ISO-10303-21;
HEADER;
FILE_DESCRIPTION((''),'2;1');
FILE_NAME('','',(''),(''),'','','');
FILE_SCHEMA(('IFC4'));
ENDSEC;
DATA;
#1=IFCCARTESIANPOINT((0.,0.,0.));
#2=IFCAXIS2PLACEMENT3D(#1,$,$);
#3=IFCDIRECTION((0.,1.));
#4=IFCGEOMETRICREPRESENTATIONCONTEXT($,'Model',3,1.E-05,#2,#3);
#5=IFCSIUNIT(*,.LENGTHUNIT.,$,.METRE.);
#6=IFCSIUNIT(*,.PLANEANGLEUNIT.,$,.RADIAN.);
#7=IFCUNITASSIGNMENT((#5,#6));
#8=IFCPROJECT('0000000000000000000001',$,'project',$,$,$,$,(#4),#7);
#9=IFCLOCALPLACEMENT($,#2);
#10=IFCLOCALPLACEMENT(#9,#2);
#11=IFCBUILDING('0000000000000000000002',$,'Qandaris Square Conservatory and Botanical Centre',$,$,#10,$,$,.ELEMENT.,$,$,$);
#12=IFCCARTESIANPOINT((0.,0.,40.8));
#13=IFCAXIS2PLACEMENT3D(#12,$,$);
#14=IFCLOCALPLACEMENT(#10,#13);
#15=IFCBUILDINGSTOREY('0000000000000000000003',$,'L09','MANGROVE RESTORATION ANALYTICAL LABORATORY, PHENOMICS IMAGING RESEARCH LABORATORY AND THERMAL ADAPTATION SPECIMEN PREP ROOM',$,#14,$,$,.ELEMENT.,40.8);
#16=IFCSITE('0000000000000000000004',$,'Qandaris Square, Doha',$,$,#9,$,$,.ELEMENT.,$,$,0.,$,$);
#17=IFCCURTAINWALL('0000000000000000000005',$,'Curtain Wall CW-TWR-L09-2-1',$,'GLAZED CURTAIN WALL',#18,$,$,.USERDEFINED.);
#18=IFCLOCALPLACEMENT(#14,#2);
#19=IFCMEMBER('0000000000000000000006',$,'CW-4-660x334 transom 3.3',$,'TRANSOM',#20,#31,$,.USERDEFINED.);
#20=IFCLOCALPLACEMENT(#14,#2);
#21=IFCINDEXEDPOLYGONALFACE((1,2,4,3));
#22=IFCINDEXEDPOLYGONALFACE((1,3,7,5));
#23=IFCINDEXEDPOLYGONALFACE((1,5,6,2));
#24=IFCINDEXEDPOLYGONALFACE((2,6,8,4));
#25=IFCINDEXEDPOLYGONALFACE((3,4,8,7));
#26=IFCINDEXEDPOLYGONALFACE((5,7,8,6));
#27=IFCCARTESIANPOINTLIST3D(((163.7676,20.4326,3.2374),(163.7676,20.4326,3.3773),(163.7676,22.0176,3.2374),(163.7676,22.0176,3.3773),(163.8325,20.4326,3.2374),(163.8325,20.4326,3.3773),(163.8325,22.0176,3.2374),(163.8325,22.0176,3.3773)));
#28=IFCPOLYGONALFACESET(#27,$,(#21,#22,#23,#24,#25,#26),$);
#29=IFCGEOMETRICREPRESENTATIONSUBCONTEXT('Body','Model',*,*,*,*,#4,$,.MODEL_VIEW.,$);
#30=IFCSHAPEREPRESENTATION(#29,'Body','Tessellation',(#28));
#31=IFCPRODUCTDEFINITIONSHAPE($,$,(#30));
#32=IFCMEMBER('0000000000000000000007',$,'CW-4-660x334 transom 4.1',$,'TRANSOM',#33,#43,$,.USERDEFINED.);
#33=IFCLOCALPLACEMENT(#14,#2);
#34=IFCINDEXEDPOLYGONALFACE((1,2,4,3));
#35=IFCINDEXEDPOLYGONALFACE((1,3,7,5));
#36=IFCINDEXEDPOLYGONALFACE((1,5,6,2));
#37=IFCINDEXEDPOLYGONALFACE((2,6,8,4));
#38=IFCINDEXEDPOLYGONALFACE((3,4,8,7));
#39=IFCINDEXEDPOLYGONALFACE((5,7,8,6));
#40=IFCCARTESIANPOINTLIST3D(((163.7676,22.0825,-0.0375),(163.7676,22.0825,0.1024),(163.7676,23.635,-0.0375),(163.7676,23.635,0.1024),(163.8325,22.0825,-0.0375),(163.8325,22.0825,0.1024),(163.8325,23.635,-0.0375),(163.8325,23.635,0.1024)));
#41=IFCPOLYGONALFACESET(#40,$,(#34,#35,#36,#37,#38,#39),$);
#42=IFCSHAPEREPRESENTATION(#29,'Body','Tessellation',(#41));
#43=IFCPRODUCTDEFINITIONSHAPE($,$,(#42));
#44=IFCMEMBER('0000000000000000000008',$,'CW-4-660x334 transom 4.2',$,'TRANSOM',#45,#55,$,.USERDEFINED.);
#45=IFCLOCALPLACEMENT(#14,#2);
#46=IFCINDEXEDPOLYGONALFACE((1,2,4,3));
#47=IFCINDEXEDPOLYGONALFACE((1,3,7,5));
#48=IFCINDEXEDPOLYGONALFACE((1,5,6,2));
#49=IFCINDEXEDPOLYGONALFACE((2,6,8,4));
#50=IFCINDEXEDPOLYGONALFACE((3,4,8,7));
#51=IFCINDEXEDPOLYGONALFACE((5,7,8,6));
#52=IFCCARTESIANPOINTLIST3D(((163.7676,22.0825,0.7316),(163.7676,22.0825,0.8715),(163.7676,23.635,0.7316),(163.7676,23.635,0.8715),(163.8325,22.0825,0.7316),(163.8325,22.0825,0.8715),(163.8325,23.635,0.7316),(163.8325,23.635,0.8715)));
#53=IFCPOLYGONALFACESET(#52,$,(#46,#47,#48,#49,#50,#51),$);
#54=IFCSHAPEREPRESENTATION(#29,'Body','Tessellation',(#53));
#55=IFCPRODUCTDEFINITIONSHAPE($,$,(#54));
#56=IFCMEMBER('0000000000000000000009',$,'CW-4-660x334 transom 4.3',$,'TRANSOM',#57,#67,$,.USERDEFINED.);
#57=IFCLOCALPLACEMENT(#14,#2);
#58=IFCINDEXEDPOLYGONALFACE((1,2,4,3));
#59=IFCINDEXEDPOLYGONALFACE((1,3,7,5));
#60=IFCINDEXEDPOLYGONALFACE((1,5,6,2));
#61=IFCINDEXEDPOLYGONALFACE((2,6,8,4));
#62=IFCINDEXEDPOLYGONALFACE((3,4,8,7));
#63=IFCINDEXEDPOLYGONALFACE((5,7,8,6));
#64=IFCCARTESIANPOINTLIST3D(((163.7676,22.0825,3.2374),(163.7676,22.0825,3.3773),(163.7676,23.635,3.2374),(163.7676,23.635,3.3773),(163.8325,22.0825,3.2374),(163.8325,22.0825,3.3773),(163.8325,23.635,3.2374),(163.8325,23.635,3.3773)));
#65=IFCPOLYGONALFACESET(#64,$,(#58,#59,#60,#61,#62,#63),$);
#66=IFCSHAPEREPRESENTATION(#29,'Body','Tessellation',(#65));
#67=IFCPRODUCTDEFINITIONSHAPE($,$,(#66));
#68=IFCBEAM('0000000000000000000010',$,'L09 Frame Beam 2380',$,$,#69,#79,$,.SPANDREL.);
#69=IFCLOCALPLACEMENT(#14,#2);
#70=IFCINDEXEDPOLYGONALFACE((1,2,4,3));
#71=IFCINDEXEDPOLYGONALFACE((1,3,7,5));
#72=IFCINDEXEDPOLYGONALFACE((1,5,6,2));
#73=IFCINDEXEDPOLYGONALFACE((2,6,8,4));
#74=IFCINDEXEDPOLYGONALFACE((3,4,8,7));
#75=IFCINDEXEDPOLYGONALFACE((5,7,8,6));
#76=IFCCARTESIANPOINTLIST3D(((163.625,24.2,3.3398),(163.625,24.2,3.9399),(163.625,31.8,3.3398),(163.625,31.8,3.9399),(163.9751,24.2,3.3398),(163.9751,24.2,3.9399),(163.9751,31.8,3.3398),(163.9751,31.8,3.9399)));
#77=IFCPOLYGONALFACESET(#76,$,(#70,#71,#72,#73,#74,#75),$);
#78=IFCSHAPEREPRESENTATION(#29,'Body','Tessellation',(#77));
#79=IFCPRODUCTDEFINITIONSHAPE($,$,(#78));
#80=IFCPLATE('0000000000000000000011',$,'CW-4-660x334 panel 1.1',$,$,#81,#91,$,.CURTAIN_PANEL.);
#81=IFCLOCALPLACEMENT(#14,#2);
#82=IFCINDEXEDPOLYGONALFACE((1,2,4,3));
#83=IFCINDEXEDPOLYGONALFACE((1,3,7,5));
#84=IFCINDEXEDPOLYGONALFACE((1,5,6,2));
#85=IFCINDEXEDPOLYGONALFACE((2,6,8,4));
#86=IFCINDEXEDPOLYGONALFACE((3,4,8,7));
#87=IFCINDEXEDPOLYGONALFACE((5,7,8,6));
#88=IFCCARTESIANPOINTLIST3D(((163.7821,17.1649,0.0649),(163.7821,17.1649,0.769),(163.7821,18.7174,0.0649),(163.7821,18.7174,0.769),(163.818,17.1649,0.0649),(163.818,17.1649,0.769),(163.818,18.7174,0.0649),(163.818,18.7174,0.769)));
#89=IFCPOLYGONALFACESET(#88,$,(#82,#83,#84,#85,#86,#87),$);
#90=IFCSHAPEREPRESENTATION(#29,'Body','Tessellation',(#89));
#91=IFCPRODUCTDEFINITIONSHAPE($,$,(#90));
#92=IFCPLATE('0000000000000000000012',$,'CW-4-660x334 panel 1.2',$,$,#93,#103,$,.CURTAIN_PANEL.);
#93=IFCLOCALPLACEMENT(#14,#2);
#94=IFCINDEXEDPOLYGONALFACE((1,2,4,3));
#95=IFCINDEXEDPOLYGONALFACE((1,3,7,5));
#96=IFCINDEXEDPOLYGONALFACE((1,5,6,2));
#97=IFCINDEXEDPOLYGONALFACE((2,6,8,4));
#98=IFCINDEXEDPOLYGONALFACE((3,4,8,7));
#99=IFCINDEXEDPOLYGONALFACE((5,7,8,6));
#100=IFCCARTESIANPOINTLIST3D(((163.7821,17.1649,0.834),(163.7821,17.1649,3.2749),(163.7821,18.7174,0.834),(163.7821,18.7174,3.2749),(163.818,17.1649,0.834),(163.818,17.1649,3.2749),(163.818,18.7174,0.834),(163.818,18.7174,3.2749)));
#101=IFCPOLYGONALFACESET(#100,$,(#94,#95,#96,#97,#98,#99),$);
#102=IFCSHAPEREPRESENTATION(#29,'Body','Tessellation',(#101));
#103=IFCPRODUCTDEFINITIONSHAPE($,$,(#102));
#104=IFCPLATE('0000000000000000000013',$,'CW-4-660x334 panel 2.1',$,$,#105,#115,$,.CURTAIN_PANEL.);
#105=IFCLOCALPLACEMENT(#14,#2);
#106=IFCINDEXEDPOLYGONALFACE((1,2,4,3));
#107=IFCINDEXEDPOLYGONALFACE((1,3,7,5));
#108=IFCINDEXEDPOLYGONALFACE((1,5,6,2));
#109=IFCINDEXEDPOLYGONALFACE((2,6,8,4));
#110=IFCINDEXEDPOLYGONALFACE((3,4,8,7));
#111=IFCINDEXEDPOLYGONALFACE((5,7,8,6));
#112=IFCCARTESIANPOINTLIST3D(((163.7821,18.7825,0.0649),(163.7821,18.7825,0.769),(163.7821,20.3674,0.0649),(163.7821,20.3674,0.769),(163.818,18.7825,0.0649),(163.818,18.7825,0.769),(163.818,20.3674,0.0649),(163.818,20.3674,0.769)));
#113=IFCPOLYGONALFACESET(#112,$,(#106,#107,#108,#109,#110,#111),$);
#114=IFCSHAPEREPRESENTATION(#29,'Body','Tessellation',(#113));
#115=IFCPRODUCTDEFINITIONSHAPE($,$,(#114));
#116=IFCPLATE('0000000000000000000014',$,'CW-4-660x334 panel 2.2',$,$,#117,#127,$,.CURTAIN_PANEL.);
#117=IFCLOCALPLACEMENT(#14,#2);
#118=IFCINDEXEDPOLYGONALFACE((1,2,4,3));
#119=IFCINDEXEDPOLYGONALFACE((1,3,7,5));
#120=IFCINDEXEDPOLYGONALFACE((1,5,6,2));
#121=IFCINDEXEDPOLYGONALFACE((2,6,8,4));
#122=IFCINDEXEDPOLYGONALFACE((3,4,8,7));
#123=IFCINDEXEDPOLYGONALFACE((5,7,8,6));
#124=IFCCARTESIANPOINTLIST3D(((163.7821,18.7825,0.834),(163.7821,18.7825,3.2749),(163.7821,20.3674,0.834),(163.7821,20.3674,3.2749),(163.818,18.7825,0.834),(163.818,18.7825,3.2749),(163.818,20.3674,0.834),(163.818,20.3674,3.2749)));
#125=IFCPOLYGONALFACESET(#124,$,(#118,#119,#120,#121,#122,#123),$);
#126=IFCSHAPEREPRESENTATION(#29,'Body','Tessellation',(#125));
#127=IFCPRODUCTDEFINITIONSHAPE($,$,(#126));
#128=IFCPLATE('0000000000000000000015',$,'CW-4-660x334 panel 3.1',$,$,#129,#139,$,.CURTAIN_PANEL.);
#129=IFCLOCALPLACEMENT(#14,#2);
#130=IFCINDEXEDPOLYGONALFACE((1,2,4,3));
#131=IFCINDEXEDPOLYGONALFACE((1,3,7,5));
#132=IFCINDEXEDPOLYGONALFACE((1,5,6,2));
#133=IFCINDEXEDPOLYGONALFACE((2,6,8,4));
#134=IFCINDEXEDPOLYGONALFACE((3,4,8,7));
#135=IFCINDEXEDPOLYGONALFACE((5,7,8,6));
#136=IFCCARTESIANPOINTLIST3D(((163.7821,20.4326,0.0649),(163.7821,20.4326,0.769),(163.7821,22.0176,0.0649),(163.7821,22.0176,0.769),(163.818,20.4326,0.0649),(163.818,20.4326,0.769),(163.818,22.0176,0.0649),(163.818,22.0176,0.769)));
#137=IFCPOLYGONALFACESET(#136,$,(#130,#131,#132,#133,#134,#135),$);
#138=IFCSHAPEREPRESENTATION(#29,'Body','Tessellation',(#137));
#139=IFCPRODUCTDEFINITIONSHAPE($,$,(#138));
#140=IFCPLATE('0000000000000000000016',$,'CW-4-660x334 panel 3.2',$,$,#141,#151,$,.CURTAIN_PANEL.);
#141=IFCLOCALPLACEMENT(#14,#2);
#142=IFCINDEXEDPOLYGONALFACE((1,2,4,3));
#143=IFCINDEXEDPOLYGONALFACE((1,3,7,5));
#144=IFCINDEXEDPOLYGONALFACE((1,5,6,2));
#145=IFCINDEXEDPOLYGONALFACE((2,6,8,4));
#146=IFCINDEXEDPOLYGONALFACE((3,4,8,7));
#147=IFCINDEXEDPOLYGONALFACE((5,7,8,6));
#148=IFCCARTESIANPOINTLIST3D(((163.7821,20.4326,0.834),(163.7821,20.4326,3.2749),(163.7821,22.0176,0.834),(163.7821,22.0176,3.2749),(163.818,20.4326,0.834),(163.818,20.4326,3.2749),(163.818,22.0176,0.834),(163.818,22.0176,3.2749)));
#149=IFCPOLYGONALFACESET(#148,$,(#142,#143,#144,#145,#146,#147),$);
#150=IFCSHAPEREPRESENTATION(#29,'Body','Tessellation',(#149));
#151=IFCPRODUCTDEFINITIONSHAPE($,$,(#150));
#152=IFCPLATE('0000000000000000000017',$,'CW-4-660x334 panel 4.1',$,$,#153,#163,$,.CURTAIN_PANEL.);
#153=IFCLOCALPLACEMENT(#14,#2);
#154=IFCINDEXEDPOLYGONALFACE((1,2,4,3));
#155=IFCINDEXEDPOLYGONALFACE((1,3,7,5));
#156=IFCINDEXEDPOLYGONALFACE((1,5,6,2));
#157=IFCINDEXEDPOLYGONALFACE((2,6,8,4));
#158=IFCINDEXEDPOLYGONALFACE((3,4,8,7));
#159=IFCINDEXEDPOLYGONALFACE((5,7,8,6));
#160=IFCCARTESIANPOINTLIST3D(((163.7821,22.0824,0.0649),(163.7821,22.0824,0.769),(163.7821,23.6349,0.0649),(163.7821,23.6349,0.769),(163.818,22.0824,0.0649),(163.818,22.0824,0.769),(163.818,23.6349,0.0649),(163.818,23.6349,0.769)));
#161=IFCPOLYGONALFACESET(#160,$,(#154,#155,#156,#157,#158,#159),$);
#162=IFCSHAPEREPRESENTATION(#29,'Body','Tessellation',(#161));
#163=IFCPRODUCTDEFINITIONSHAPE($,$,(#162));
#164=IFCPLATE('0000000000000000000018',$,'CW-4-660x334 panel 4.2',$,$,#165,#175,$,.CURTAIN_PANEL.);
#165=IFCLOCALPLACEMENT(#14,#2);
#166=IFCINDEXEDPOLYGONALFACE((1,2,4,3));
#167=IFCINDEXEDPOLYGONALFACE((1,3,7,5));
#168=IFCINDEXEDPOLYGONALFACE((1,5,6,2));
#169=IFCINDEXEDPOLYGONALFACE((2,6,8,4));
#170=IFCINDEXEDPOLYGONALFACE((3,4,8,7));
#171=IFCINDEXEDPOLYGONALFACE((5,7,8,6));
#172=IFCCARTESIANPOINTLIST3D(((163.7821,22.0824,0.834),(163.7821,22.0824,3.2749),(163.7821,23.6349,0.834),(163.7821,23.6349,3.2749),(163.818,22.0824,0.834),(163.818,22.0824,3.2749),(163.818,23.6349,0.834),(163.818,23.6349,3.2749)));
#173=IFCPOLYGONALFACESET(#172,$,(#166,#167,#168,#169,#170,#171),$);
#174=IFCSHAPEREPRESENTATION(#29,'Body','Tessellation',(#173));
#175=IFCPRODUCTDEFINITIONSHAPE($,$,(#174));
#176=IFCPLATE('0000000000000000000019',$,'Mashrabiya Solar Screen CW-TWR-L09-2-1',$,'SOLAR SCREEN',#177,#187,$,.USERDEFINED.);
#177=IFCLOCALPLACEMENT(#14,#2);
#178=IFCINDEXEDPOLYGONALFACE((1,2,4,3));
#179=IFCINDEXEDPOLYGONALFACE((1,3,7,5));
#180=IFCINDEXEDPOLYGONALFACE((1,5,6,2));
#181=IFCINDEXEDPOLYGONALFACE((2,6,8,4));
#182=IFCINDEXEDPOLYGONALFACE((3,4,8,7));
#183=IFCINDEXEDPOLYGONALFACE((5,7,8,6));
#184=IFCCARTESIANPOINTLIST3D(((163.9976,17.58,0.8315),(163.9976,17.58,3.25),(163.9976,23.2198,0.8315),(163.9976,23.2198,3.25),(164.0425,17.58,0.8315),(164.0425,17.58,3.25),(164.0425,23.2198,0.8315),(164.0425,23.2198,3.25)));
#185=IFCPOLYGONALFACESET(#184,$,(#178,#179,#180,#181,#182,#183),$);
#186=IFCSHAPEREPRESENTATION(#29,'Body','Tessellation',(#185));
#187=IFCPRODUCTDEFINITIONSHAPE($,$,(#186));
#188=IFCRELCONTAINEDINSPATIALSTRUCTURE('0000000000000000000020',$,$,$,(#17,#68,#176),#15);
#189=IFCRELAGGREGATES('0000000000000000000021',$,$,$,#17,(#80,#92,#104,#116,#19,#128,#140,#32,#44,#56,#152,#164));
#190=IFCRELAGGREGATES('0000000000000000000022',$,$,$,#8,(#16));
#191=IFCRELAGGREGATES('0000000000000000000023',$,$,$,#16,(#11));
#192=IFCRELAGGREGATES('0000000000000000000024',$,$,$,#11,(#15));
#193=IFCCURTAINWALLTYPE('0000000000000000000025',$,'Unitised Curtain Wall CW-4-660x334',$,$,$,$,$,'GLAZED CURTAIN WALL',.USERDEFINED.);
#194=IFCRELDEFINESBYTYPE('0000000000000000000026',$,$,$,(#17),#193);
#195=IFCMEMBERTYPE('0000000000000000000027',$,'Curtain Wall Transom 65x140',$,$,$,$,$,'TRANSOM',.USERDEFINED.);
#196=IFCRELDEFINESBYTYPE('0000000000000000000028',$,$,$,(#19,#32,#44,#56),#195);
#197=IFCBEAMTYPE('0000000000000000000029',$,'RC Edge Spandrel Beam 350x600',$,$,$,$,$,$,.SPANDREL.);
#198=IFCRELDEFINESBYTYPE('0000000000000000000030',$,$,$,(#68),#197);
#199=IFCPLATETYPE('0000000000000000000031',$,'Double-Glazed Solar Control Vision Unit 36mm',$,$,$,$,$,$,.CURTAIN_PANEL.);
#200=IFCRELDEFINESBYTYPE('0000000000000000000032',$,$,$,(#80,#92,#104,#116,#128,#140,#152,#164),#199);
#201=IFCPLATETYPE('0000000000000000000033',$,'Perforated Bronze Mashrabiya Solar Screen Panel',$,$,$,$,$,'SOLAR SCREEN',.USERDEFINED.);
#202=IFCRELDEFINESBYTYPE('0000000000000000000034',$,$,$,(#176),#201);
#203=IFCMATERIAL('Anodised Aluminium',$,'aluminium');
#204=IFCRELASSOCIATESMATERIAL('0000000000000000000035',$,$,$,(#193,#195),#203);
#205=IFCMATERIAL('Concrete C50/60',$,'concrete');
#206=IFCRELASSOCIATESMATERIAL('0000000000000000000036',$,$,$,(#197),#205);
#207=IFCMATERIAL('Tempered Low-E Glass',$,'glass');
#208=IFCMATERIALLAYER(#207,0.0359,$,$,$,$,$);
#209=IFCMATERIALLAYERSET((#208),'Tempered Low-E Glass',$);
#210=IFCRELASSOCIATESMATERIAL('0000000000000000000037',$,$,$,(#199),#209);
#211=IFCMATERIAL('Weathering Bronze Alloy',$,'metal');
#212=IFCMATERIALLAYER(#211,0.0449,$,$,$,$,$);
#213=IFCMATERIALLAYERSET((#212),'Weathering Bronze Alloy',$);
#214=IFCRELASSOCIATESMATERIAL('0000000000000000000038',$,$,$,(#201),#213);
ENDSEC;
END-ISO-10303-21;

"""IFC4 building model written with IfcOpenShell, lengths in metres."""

from ifc_helpers import new_model, si_unit, direction, frame, origin, origin_2d, place, context, subcontext, project, spatial, rectangle, extrude, material, layer, layer_set, material_profile, profile_set, type_object, element, aggregate, save


model = new_model("IFC4")

# Units and contexts
model_context = context("Model", 3, precision=1e-05, world=origin(), true_north=direction((0.0, 1.0)))
body_context = subcontext(model_context, "Body", "Model", "MODEL_VIEW")
ifc_project = project(units=[si_unit("LENGTHUNIT", "METRE"), si_unit("PLANEANGLEUNIT", "RADIAN")], contexts=[model_context])

# Site, building, storey
site_placement = place(None, origin())
site = spatial("IfcSite", under=ifc_project, at=site_placement, Name="Qandaris Square, Doha", CompositionType="ELEMENT", RefElevation=0.0)
building_placement = place(site_placement, origin())
building = spatial("IfcBuilding", under=site, at=building_placement, Name="Qandaris Square Conservatory and Botanical Centre", CompositionType="ELEMENT")
storey_placement = place(building_placement, frame((0.0, 0.0, 40.8)))
storey = spatial("IfcBuildingStorey", under=building, at=storey_placement, Name="L09", Description="MANGROVE RESTORATION ANALYTICAL LABORATORY, PHENOMICS IMAGING RESEARCH LABORATORY AND THERMAL ADAPTATION SPECIMEN PREP ROOM", CompositionType="ELEMENT", Elevation=40.8)

# Shared definitions
ifc_material_1 = material(Name="Concrete C50/60", Category="concrete")

# Curtain wall, members
ifc_material_2 = material(Name="Anodised Aluminium", Category="aluminium")
curtain_wall_type = type_object("IfcCurtainWallType", Name="Unitised Curtain Wall CW-4-660x334", ElementType="GLAZED CURTAIN WALL", PredefinedType="USERDEFINED", material=ifc_material_2)
curtain_wall_placement = place(storey_placement, origin())
curtain_wall = element("IfcCurtainWall", 1, at=curtain_wall_placement, inside=storey, type_object=curtain_wall_type, Name="Curtain Wall CW-TWR-L09-2-1", ObjectType="GLAZED CURTAIN WALL", PredefinedType="USERDEFINED")
ifc_material_profile_1 = material_profile(ifc_material_2, rectangle(XDim=0.0649, YDim=0.1399, at=origin_2d()), Name="ALU-TRN 65x140")
ifc_profile_set_1 = profile_set([ifc_material_profile_1], Name="Anodised Aluminium")
member_type_1 = type_object("IfcMemberType", Name="Curtain Wall Transom 65x140", ElementType="TRANSOM", PredefinedType="USERDEFINED", material=ifc_profile_set_1)
member_1_placement = place(storey_placement, frame((163.8, 20.4326, 3.3074), z_axis=(0.0, 1.0, 0.0), x_axis=(-1.0, 0.0, 0.0)))
member_1 = element("IfcMember", 2, at=member_1_placement, type_object=member_type_1, Name="CW-4-660x334 transom 3.3", ObjectType="TRANSOM", PredefinedType="USERDEFINED", context=body_context, shape_type="SweptSolid", body=[
    extrude(rectangle(XDim=0.0649, YDim=0.1399, at=origin_2d()), origin(), (0.0, 0.0, 1.0), 1.585),
])
member_2_placement = place(storey_placement, frame((163.8, 22.0825, 0.0325), z_axis=(0.0, 1.0, 0.0), x_axis=(-1.0, 0.0, 0.0)))
member_2 = element("IfcMember", 3, at=member_2_placement, type_object=member_type_1, Name="CW-4-660x334 transom 4.1", ObjectType="TRANSOM", PredefinedType="USERDEFINED", context=body_context, shape_type="SweptSolid", body=[
    extrude(rectangle(XDim=0.0649, YDim=0.1399, at=origin_2d()), origin(), (0.0, 0.0, 1.0), 1.5525),
])
member_3_placement = place(storey_placement, frame((163.8, 22.0825, 0.8015), z_axis=(0.0, 1.0, 0.0), x_axis=(-1.0, 0.0, 0.0)))
member_3 = element("IfcMember", 4, at=member_3_placement, type_object=member_type_1, Name="CW-4-660x334 transom 4.2", ObjectType="TRANSOM", PredefinedType="USERDEFINED", context=body_context, shape_type="SweptSolid", body=[
    extrude(rectangle(XDim=0.0649, YDim=0.1399, at=origin_2d()), origin(), (0.0, 0.0, 1.0), 1.5525),
])
member_4_placement = place(storey_placement, frame((163.8, 22.0825, 3.3074), z_axis=(0.0, 1.0, 0.0), x_axis=(-1.0, 0.0, 0.0)))
member_4 = element("IfcMember", 5, at=member_4_placement, type_object=member_type_1, Name="CW-4-660x334 transom 4.3", ObjectType="TRANSOM", PredefinedType="USERDEFINED", context=body_context, shape_type="SweptSolid", body=[
    extrude(rectangle(XDim=0.0649, YDim=0.1399, at=origin_2d()), origin(), (0.0, 0.0, 1.0), 1.5525),
])

# Beam
ifc_material_profile_2 = material_profile(ifc_material_1, rectangle(XDim=0.3501, YDim=0.6001, at=origin_2d()), Name="RC-SP 350x600")
ifc_profile_set_2 = profile_set([ifc_material_profile_2], Name="Concrete C50/60")
beam_type = type_object("IfcBeamType", Name="RC Edge Spandrel Beam 350x600", PredefinedType="SPANDREL", material=ifc_profile_set_2)
beam_placement = place(storey_placement, frame((163.8, 24.2, 3.6399), z_axis=(0.0, 1.0, 0.0), x_axis=(-1.0, 0.0, 0.0)))
element("IfcBeam", 6, at=beam_placement, inside=storey, type_object=beam_type, Name="L09 Frame Beam 2380", PredefinedType="SPANDREL", context=body_context, shape_type="SweptSolid", body=[
    extrude(rectangle(XDim=0.3501, YDim=0.6001, at=origin_2d()), origin(), (0.0, 0.0, 1.0), 7.6001),
])

# Plates
ifc_material_3 = material(Name="Tempered Low-E Glass", Category="glass")
ifc_layer_1 = layer(ifc_material_3, 0.0359)
ifc_layer_set_1 = layer_set([ifc_layer_1], Name="Tempered Low-E Glass")
plate_type_1 = type_object("IfcPlateType", Name="Double-Glazed Solar Control Vision Unit 36mm", PredefinedType="CURTAIN_PANEL", material=ifc_layer_set_1)
plate_1_placement = place(storey_placement, frame((163.8, 17.9412, 0.0649), z_axis=(0.0, 0.0, 1.0), x_axis=(0.0, 1.0, 0.0)))
plate_1 = element("IfcPlate", 7, at=plate_1_placement, type_object=plate_type_1, Name="CW-4-660x334 panel 1.1", PredefinedType="CURTAIN_PANEL", context=body_context, shape_type="SweptSolid", body=[
    extrude(rectangle(XDim=1.5525, YDim=0.0359, at=origin_2d()), origin(), (0.0, 0.0, 1.0), 0.7041),
])
plate_2_placement = place(storey_placement, frame((163.8, 17.9412, 0.834), z_axis=(0.0, 0.0, 1.0), x_axis=(0.0, 1.0, 0.0)))
plate_2 = element("IfcPlate", 8, at=plate_2_placement, type_object=plate_type_1, Name="CW-4-660x334 panel 1.2", PredefinedType="CURTAIN_PANEL", context=body_context, shape_type="SweptSolid", body=[
    extrude(rectangle(XDim=1.5525, YDim=0.0359, at=origin_2d()), origin(), (0.0, 0.0, 1.0), 2.4409),
])
plate_3_placement = place(storey_placement, frame((163.8, 19.575, 0.0649), z_axis=(0.0, 0.0, 1.0), x_axis=(0.0, 1.0, 0.0)))
plate_3 = element("IfcPlate", 9, at=plate_3_placement, type_object=plate_type_1, Name="CW-4-660x334 panel 2.1", PredefinedType="CURTAIN_PANEL", context=body_context, shape_type="SweptSolid", body=[
    extrude(rectangle(XDim=1.585, YDim=0.0359, at=origin_2d()), origin(), (0.0, 0.0, 1.0), 0.7041),
])
plate_4_placement = place(storey_placement, frame((163.8, 19.575, 0.834), z_axis=(0.0, 0.0, 1.0), x_axis=(0.0, 1.0, 0.0)))
plate_4 = element("IfcPlate", 10, at=plate_4_placement, type_object=plate_type_1, Name="CW-4-660x334 panel 2.2", PredefinedType="CURTAIN_PANEL", context=body_context, shape_type="SweptSolid", body=[
    extrude(rectangle(XDim=1.585, YDim=0.0359, at=origin_2d()), origin(), (0.0, 0.0, 1.0), 2.4409),
])
plate_5_placement = place(storey_placement, frame((163.8, 21.2251, 0.0649), z_axis=(0.0, 0.0, 1.0), x_axis=(0.0, 1.0, 0.0)))
plate_5 = element("IfcPlate", 11, at=plate_5_placement, type_object=plate_type_1, Name="CW-4-660x334 panel 3.1", PredefinedType="CURTAIN_PANEL", context=body_context, shape_type="SweptSolid", body=[
    extrude(rectangle(XDim=1.585, YDim=0.0359, at=origin_2d()), origin(), (0.0, 0.0, 1.0), 0.7041),
])
plate_6_placement = place(storey_placement, frame((163.8, 21.2251, 0.834), z_axis=(0.0, 0.0, 1.0), x_axis=(0.0, 1.0, 0.0)))
plate_6 = element("IfcPlate", 12, at=plate_6_placement, type_object=plate_type_1, Name="CW-4-660x334 panel 3.2", PredefinedType="CURTAIN_PANEL", context=body_context, shape_type="SweptSolid", body=[
    extrude(rectangle(XDim=1.585, YDim=0.0359, at=origin_2d()), origin(), (0.0, 0.0, 1.0), 2.4409),
])
plate_7_placement = place(storey_placement, frame((163.8, 22.8586, 0.0649), z_axis=(0.0, 0.0, 1.0), x_axis=(0.0, 1.0, 0.0)))
plate_7 = element("IfcPlate", 13, at=plate_7_placement, type_object=plate_type_1, Name="CW-4-660x334 panel 4.1", PredefinedType="CURTAIN_PANEL", context=body_context, shape_type="SweptSolid", body=[
    extrude(rectangle(XDim=1.5525, YDim=0.0359, at=origin_2d()), origin(), (0.0, 0.0, 1.0), 0.7041),
])
plate_8_placement = place(storey_placement, frame((163.8, 22.8586, 0.834), z_axis=(0.0, 0.0, 1.0), x_axis=(0.0, 1.0, 0.0)))
plate_8 = element("IfcPlate", 14, at=plate_8_placement, type_object=plate_type_1, Name="CW-4-660x334 panel 4.2", PredefinedType="CURTAIN_PANEL", context=body_context, shape_type="SweptSolid", body=[
    extrude(rectangle(XDim=1.5525, YDim=0.0359, at=origin_2d()), origin(), (0.0, 0.0, 1.0), 2.4409),
])
aggregate(curtain_wall, [plate_1, plate_2, plate_3, plate_4, member_1, plate_5, plate_6, member_2, member_3, member_4, plate_7, plate_8])
ifc_material_4 = material(Name="Weathering Bronze Alloy", Category="metal")
ifc_layer_2 = layer(ifc_material_4, 0.0449)
ifc_layer_set_2 = layer_set([ifc_layer_2], Name="Weathering Bronze Alloy")
plate_type_2 = type_object("IfcPlateType", Name="Perforated Bronze Mashrabiya Solar Screen Panel", ElementType="SOLAR SCREEN", PredefinedType="USERDEFINED", material=ifc_layer_set_2)
plate_9_placement = place(storey_placement, frame((164.02, 20.3999, 0.8315), z_axis=(0.0, 0.0, 1.0), x_axis=(0.0, 1.0, 0.0)))
element("IfcPlate", 15, at=plate_9_placement, inside=storey, type_object=plate_type_2, Name="Mashrabiya Solar Screen CW-TWR-L09-2-1", ObjectType="SOLAR SCREEN", PredefinedType="USERDEFINED", context=body_context, shape_type="SweptSolid", body=[
    extrude(rectangle(XDim=5.6399, YDim=0.0449, at=origin_2d()), origin(), (0.0, 0.0, 1.0), 2.4185),
])

save(model, "model.ifc")
